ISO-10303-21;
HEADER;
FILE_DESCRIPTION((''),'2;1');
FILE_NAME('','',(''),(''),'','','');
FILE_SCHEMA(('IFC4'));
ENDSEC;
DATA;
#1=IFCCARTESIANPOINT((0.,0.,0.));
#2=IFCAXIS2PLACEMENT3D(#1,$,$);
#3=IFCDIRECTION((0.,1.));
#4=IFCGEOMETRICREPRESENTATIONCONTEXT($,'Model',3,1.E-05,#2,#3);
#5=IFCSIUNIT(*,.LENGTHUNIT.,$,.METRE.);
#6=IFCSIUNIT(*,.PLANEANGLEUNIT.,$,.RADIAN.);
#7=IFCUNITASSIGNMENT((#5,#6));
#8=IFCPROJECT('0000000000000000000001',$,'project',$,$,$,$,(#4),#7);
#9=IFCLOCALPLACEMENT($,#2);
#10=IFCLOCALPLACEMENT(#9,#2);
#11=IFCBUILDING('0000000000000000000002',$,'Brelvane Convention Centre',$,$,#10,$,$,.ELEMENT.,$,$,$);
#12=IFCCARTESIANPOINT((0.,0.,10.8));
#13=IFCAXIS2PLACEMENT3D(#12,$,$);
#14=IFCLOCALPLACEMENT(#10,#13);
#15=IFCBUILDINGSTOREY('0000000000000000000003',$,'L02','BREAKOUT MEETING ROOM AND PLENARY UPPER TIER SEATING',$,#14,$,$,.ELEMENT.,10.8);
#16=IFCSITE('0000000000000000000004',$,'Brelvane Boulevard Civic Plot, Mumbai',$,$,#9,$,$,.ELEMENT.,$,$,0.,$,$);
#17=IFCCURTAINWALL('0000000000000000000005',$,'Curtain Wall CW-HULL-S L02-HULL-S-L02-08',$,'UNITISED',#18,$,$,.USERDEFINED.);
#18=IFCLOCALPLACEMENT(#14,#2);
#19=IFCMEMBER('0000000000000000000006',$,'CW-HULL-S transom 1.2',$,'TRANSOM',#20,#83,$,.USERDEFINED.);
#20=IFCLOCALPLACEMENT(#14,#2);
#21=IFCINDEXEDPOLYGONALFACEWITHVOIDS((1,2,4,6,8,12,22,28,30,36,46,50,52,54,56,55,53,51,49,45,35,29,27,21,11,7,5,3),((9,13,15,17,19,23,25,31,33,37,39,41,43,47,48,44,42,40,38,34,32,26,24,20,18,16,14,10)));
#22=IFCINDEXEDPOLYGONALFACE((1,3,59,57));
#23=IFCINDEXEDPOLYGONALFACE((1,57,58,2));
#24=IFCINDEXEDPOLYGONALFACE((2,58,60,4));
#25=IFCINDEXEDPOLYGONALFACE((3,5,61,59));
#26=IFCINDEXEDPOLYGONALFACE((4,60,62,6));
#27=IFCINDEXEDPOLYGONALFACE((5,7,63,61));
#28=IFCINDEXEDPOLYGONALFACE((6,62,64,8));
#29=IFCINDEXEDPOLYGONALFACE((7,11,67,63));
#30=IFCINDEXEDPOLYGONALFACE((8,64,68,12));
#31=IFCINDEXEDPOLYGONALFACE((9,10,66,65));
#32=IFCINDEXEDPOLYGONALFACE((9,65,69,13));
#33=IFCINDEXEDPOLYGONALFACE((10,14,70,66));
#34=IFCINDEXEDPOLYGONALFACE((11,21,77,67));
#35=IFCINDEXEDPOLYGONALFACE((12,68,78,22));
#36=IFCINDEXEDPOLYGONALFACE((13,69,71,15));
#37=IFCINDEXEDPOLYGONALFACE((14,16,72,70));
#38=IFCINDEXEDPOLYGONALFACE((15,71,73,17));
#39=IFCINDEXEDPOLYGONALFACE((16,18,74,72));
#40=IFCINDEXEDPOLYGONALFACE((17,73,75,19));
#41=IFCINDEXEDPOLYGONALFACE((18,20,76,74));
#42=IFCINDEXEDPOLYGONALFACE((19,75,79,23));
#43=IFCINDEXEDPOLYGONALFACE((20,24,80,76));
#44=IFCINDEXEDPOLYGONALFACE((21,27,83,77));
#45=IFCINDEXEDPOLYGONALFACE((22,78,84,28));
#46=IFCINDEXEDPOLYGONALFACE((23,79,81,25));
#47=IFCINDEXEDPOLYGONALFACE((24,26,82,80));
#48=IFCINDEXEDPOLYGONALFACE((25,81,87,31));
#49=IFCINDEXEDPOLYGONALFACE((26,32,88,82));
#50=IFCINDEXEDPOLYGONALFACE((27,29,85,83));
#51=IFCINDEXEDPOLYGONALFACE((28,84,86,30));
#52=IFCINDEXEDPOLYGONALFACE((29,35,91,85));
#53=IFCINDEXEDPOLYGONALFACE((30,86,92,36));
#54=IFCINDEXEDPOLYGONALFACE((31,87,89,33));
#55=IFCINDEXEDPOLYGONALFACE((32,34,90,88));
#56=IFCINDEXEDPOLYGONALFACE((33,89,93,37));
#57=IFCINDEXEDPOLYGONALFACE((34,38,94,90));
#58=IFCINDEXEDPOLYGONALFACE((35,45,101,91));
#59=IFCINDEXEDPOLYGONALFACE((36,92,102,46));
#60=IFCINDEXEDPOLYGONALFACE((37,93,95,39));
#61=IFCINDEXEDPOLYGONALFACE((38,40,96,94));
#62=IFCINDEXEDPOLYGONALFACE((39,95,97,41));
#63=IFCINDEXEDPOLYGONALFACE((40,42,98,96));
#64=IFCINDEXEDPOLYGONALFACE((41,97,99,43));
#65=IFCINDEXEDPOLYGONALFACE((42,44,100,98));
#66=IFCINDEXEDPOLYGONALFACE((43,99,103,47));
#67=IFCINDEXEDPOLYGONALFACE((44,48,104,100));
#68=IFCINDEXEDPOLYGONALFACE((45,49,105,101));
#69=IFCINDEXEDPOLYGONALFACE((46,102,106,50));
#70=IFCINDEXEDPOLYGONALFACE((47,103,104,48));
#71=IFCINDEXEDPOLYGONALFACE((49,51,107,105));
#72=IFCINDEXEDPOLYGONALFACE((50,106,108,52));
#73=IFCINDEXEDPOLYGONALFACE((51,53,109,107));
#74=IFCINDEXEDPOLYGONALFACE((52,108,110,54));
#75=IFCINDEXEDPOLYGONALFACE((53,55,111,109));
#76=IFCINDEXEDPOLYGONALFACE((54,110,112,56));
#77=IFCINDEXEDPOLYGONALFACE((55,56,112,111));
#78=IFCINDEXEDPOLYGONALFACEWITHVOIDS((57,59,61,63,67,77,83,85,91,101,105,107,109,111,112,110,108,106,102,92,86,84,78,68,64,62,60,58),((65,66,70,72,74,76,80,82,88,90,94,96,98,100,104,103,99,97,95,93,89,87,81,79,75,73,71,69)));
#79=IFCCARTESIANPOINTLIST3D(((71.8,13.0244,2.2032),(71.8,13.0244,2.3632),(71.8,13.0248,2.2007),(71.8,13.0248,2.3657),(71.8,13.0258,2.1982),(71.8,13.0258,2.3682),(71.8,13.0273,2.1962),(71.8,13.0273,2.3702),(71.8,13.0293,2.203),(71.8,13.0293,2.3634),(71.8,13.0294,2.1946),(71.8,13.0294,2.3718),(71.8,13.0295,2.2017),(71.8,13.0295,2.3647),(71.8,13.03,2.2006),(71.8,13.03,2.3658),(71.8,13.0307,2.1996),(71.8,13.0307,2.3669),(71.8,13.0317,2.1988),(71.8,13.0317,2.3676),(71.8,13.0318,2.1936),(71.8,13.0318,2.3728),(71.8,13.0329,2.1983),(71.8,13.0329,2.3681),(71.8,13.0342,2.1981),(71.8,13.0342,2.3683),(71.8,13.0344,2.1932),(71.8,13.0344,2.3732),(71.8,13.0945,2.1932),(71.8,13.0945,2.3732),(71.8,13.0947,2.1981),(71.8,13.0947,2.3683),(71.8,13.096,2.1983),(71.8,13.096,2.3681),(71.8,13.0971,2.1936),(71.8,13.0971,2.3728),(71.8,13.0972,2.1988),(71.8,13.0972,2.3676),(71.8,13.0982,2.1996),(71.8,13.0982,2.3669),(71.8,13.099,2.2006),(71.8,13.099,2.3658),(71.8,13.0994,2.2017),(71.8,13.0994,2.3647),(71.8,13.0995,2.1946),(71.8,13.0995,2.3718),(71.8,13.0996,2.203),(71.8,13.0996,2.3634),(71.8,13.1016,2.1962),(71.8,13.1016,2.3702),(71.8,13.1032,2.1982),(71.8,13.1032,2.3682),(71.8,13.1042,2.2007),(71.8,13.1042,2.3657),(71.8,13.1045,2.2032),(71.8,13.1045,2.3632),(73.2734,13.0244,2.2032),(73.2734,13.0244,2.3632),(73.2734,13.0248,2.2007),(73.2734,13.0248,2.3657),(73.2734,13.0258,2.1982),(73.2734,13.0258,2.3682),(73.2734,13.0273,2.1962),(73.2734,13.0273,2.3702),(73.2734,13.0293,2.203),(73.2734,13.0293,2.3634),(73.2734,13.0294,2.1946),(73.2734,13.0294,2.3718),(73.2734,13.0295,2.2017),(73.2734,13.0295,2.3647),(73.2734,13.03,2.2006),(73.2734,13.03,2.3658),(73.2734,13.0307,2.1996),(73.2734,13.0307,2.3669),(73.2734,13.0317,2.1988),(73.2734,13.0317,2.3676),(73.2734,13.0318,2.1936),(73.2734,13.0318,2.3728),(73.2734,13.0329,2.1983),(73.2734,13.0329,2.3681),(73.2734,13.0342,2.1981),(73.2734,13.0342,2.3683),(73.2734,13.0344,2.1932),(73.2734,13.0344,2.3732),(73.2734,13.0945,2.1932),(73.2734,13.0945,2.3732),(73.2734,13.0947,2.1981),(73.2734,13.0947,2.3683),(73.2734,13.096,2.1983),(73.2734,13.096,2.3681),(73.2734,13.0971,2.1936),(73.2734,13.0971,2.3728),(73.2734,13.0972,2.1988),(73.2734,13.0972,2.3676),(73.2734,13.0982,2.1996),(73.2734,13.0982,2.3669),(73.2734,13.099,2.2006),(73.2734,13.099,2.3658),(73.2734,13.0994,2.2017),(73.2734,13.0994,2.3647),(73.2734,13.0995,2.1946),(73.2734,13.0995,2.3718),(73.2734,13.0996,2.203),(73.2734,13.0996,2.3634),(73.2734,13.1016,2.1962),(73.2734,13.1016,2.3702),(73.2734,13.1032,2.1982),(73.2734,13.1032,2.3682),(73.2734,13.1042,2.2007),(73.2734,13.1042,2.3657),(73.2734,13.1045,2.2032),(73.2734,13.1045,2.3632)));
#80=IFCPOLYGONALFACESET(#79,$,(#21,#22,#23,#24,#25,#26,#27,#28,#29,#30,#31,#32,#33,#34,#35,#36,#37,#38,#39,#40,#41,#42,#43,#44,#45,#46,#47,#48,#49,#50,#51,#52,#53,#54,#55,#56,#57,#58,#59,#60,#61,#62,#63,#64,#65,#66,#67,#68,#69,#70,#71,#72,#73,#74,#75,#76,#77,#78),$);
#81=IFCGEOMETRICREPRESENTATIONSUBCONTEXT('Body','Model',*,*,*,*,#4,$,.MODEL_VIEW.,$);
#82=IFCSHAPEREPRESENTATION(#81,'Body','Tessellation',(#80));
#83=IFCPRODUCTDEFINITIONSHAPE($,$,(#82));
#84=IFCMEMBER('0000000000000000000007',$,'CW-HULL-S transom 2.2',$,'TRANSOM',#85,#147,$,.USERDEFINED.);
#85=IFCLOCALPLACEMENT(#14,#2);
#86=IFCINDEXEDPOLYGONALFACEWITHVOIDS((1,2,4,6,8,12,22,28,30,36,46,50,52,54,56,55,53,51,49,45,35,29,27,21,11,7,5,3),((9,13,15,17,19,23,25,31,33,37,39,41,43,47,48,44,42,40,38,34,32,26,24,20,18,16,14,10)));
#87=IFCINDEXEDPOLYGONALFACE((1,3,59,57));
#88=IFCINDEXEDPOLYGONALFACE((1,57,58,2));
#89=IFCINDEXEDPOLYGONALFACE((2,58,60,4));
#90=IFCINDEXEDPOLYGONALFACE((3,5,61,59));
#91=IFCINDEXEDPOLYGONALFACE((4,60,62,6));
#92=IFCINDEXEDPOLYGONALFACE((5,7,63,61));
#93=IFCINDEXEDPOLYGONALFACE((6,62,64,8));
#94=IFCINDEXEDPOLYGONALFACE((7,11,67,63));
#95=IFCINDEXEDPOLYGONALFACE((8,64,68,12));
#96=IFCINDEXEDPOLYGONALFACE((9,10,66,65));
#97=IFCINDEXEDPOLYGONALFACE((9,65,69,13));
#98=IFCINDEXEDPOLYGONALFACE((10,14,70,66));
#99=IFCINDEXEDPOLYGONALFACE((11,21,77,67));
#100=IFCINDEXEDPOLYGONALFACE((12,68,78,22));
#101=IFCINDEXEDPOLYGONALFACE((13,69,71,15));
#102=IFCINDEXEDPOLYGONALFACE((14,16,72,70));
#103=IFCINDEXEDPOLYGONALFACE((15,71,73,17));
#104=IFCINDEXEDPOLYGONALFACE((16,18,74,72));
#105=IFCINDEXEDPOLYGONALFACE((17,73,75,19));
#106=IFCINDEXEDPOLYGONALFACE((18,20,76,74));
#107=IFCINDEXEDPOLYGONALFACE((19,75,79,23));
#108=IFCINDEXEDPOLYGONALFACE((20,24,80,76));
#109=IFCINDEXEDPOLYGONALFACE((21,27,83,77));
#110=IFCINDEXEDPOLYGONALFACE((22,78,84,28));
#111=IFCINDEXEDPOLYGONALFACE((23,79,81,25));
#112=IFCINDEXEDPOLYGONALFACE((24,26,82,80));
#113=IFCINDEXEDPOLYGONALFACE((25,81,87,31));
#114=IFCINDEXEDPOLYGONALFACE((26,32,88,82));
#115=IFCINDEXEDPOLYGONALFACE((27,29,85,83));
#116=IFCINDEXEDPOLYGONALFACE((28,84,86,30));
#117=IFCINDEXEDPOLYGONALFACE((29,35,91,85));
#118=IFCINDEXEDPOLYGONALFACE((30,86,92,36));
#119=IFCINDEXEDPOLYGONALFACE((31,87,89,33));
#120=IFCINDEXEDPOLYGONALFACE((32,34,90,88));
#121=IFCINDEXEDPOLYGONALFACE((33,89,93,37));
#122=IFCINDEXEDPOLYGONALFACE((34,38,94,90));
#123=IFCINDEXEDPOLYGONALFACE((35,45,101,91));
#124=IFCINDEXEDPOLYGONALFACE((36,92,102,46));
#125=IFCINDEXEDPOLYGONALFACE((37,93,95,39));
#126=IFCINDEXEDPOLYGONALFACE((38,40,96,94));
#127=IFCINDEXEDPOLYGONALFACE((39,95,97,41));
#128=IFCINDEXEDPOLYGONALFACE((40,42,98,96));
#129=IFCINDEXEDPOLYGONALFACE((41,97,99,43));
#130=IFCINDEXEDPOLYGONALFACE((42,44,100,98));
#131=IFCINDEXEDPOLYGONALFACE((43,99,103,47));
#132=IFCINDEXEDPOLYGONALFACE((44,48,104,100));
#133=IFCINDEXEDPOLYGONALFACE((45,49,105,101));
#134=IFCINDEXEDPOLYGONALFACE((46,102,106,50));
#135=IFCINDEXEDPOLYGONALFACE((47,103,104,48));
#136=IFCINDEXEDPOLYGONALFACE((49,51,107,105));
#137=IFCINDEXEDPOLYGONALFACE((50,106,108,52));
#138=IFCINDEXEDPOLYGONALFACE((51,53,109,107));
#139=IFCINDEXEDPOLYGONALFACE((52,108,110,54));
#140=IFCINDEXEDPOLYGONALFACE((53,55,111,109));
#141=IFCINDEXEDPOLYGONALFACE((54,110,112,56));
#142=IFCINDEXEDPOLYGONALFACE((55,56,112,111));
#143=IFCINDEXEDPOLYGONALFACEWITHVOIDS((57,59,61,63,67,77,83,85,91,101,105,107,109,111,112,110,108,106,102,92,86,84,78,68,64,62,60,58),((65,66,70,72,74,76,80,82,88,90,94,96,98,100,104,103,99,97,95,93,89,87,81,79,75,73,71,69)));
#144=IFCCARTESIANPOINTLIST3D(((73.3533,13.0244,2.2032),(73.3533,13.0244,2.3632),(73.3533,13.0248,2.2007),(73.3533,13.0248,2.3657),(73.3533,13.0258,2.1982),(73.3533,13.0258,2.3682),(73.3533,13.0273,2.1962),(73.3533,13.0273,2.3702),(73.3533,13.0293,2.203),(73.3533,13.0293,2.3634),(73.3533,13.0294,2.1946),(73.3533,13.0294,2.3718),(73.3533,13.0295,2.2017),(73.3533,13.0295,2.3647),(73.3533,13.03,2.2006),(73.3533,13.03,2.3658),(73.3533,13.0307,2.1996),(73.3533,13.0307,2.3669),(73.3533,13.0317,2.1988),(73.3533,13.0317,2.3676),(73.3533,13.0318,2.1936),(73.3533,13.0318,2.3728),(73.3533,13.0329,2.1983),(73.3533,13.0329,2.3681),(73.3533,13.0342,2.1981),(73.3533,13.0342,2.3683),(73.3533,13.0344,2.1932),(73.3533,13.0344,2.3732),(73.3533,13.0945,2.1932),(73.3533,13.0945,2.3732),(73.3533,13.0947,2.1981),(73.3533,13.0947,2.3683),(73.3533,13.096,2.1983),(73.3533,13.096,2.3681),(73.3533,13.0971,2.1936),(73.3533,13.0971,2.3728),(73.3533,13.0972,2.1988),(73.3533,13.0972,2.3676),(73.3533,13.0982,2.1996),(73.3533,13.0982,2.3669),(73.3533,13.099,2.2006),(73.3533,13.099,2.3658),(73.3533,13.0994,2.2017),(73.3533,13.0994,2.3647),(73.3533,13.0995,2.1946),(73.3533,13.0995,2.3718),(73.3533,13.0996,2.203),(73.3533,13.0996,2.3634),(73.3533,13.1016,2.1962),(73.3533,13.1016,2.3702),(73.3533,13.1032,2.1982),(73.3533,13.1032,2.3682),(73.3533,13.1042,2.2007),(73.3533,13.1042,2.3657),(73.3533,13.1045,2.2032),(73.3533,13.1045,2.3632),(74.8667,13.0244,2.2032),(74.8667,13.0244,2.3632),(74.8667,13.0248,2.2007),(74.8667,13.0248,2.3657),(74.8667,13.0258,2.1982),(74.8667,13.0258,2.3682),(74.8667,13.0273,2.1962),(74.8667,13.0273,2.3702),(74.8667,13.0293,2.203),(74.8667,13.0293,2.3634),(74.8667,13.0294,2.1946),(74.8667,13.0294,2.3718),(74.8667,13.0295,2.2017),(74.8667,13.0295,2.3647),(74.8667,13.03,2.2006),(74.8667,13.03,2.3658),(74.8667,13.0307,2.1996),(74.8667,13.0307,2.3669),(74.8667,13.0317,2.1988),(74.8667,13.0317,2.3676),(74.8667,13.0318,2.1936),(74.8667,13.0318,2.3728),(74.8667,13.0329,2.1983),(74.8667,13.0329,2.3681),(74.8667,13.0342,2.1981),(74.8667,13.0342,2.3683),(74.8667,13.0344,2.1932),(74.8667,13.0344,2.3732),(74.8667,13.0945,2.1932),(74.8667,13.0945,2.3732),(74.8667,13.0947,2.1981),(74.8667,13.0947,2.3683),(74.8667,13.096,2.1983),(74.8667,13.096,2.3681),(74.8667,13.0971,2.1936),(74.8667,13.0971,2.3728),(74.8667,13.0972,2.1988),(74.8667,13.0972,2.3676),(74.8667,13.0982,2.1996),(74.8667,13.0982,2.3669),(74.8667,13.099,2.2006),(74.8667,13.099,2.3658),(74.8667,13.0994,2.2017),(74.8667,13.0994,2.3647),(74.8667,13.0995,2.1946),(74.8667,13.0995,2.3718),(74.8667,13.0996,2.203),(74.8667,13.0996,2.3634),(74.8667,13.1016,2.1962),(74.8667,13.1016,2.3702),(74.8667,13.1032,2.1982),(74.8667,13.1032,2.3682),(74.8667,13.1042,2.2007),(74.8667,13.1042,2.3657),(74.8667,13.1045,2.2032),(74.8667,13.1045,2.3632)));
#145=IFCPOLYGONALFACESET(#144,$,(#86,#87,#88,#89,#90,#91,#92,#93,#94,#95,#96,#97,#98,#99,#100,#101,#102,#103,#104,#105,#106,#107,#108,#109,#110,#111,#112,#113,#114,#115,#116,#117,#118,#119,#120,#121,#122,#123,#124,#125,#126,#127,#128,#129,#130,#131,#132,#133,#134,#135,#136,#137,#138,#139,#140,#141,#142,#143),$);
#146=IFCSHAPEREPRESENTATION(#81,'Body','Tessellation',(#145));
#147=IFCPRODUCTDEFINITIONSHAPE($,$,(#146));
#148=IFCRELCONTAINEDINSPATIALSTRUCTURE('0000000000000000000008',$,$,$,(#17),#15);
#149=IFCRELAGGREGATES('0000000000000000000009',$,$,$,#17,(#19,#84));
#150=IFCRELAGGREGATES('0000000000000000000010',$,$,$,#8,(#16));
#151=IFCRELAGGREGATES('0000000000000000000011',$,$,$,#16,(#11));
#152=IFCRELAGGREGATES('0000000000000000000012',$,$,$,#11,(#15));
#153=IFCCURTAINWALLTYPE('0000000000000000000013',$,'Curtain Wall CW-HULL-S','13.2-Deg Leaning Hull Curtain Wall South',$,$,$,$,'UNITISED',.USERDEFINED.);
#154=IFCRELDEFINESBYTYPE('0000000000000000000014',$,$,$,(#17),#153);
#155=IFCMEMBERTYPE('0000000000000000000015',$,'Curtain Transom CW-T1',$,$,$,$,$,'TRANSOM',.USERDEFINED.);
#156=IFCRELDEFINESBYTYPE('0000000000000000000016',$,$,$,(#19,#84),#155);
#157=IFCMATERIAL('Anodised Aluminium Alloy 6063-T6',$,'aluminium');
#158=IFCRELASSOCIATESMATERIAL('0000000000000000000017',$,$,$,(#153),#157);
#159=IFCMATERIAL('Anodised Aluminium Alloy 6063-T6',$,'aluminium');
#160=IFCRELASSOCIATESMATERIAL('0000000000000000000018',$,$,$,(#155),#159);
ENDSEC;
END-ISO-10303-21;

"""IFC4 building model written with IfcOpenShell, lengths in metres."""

from ifc_helpers import new_model, si_unit, direction, frame, origin, origin_2d, place, context, subcontext, project, spatial, hollow_rectangle, extrude, material, material_profile, profile_set, type_object, element, aggregate, save


model = new_model("IFC4")

# Units and contexts
model_context = context("Model", 3, precision=1e-05, world=origin(), true_north=direction((0.0, 1.0)))
body_context = subcontext(model_context, "Body", "Model", "MODEL_VIEW")
ifc_project = project(units=[si_unit("LENGTHUNIT", "METRE"), si_unit("PLANEANGLEUNIT", "RADIAN")], contexts=[model_context])

# Site, building, storey
site_placement = place(None, origin())
site = spatial("IfcSite", under=ifc_project, at=site_placement, Name="Brelvane Boulevard Civic Plot, Mumbai", CompositionType="ELEMENT", RefElevation=0.0)
building_placement = place(site_placement, origin())
building = spatial("IfcBuilding", under=site, at=building_placement, Name="Brelvane Convention Centre", CompositionType="ELEMENT")
storey_placement = place(building_placement, frame((0.0, 0.0, 10.8)))
storey = spatial("IfcBuildingStorey", under=building, at=storey_placement, Name="L02", Description="BREAKOUT MEETING ROOM AND PLENARY UPPER TIER SEATING", CompositionType="ELEMENT", Elevation=10.8)

# Curtain wall, members
ifc_material_1 = material(Name="Anodised Aluminium Alloy 6063-T6", Category="aluminium")
curtain_wall_type = type_object("IfcCurtainWallType", Name="Curtain Wall CW-HULL-S", Description="13.2-Deg Leaning Hull Curtain Wall South", ElementType="UNITISED", PredefinedType="USERDEFINED", material=ifc_material_1)
curtain_wall_1_placement = place(storey_placement, origin())
curtain_wall_1 = element("IfcCurtainWall", 1, at=curtain_wall_1_placement, inside=storey, type_object=curtain_wall_type, Name="Curtain Wall CW-HULL-S L02-HULL-S-L02-08", ObjectType="UNITISED", PredefinedType="USERDEFINED")
ifc_material_2 = material(Name="Anodised Aluminium Alloy 6063-T6", Category="aluminium")
ifc_material_profile = material_profile(ifc_material_2, hollow_rectangle(XDim=0.0801, YDim=0.1799, WallThickness=0.0049, InnerFilletRadius=0.0049, OuterFilletRadius=0.01, at=origin_2d()), Name="ALU-T 180x80x5.0")
ifc_profile_set = profile_set([ifc_material_profile], Name="Anodised Aluminium Alloy 6063-T6")
member_type = type_object("IfcMemberType", Name="Curtain Transom CW-T1", ElementType="TRANSOM", PredefinedType="USERDEFINED", material=ifc_profile_set)
member_1_placement = place(storey_placement, frame((71.8, 13.0645, 2.2832), z_axis=(1.0, 0.0, 0.0), x_axis=(0.0, 1.0, 0.0)))
member_1 = element("IfcMember", 2, at=member_1_placement, type_object=member_type, Name="CW-HULL-S transom 1.2", ObjectType="TRANSOM", PredefinedType="USERDEFINED", context=body_context, shape_type="SweptSolid", body=[
    extrude(hollow_rectangle(XDim=0.0801, YDim=0.1799, WallThickness=0.0049, InnerFilletRadius=0.0049, OuterFilletRadius=0.01, at=origin_2d()), origin(), (0.0, 0.0, 1.0), 1.4734),
])
member_2_placement = place(storey_placement, frame((73.3533, 13.0645, 2.2832), z_axis=(1.0, 0.0, 0.0), x_axis=(0.0, 1.0, 0.0)))
member_2 = element("IfcMember", 3, at=member_2_placement, type_object=member_type, Name="CW-HULL-S transom 2.2", ObjectType="TRANSOM", PredefinedType="USERDEFINED", context=body_context, shape_type="SweptSolid", body=[
    extrude(hollow_rectangle(XDim=0.0801, YDim=0.1799, WallThickness=0.0049, InnerFilletRadius=0.0049, OuterFilletRadius=0.01, at=origin_2d()), origin(), (0.0, 0.0, 1.0), 1.5134),
])

aggregate(curtain_wall_1, [member_1, member_2])

save(model, "model.ifc")
